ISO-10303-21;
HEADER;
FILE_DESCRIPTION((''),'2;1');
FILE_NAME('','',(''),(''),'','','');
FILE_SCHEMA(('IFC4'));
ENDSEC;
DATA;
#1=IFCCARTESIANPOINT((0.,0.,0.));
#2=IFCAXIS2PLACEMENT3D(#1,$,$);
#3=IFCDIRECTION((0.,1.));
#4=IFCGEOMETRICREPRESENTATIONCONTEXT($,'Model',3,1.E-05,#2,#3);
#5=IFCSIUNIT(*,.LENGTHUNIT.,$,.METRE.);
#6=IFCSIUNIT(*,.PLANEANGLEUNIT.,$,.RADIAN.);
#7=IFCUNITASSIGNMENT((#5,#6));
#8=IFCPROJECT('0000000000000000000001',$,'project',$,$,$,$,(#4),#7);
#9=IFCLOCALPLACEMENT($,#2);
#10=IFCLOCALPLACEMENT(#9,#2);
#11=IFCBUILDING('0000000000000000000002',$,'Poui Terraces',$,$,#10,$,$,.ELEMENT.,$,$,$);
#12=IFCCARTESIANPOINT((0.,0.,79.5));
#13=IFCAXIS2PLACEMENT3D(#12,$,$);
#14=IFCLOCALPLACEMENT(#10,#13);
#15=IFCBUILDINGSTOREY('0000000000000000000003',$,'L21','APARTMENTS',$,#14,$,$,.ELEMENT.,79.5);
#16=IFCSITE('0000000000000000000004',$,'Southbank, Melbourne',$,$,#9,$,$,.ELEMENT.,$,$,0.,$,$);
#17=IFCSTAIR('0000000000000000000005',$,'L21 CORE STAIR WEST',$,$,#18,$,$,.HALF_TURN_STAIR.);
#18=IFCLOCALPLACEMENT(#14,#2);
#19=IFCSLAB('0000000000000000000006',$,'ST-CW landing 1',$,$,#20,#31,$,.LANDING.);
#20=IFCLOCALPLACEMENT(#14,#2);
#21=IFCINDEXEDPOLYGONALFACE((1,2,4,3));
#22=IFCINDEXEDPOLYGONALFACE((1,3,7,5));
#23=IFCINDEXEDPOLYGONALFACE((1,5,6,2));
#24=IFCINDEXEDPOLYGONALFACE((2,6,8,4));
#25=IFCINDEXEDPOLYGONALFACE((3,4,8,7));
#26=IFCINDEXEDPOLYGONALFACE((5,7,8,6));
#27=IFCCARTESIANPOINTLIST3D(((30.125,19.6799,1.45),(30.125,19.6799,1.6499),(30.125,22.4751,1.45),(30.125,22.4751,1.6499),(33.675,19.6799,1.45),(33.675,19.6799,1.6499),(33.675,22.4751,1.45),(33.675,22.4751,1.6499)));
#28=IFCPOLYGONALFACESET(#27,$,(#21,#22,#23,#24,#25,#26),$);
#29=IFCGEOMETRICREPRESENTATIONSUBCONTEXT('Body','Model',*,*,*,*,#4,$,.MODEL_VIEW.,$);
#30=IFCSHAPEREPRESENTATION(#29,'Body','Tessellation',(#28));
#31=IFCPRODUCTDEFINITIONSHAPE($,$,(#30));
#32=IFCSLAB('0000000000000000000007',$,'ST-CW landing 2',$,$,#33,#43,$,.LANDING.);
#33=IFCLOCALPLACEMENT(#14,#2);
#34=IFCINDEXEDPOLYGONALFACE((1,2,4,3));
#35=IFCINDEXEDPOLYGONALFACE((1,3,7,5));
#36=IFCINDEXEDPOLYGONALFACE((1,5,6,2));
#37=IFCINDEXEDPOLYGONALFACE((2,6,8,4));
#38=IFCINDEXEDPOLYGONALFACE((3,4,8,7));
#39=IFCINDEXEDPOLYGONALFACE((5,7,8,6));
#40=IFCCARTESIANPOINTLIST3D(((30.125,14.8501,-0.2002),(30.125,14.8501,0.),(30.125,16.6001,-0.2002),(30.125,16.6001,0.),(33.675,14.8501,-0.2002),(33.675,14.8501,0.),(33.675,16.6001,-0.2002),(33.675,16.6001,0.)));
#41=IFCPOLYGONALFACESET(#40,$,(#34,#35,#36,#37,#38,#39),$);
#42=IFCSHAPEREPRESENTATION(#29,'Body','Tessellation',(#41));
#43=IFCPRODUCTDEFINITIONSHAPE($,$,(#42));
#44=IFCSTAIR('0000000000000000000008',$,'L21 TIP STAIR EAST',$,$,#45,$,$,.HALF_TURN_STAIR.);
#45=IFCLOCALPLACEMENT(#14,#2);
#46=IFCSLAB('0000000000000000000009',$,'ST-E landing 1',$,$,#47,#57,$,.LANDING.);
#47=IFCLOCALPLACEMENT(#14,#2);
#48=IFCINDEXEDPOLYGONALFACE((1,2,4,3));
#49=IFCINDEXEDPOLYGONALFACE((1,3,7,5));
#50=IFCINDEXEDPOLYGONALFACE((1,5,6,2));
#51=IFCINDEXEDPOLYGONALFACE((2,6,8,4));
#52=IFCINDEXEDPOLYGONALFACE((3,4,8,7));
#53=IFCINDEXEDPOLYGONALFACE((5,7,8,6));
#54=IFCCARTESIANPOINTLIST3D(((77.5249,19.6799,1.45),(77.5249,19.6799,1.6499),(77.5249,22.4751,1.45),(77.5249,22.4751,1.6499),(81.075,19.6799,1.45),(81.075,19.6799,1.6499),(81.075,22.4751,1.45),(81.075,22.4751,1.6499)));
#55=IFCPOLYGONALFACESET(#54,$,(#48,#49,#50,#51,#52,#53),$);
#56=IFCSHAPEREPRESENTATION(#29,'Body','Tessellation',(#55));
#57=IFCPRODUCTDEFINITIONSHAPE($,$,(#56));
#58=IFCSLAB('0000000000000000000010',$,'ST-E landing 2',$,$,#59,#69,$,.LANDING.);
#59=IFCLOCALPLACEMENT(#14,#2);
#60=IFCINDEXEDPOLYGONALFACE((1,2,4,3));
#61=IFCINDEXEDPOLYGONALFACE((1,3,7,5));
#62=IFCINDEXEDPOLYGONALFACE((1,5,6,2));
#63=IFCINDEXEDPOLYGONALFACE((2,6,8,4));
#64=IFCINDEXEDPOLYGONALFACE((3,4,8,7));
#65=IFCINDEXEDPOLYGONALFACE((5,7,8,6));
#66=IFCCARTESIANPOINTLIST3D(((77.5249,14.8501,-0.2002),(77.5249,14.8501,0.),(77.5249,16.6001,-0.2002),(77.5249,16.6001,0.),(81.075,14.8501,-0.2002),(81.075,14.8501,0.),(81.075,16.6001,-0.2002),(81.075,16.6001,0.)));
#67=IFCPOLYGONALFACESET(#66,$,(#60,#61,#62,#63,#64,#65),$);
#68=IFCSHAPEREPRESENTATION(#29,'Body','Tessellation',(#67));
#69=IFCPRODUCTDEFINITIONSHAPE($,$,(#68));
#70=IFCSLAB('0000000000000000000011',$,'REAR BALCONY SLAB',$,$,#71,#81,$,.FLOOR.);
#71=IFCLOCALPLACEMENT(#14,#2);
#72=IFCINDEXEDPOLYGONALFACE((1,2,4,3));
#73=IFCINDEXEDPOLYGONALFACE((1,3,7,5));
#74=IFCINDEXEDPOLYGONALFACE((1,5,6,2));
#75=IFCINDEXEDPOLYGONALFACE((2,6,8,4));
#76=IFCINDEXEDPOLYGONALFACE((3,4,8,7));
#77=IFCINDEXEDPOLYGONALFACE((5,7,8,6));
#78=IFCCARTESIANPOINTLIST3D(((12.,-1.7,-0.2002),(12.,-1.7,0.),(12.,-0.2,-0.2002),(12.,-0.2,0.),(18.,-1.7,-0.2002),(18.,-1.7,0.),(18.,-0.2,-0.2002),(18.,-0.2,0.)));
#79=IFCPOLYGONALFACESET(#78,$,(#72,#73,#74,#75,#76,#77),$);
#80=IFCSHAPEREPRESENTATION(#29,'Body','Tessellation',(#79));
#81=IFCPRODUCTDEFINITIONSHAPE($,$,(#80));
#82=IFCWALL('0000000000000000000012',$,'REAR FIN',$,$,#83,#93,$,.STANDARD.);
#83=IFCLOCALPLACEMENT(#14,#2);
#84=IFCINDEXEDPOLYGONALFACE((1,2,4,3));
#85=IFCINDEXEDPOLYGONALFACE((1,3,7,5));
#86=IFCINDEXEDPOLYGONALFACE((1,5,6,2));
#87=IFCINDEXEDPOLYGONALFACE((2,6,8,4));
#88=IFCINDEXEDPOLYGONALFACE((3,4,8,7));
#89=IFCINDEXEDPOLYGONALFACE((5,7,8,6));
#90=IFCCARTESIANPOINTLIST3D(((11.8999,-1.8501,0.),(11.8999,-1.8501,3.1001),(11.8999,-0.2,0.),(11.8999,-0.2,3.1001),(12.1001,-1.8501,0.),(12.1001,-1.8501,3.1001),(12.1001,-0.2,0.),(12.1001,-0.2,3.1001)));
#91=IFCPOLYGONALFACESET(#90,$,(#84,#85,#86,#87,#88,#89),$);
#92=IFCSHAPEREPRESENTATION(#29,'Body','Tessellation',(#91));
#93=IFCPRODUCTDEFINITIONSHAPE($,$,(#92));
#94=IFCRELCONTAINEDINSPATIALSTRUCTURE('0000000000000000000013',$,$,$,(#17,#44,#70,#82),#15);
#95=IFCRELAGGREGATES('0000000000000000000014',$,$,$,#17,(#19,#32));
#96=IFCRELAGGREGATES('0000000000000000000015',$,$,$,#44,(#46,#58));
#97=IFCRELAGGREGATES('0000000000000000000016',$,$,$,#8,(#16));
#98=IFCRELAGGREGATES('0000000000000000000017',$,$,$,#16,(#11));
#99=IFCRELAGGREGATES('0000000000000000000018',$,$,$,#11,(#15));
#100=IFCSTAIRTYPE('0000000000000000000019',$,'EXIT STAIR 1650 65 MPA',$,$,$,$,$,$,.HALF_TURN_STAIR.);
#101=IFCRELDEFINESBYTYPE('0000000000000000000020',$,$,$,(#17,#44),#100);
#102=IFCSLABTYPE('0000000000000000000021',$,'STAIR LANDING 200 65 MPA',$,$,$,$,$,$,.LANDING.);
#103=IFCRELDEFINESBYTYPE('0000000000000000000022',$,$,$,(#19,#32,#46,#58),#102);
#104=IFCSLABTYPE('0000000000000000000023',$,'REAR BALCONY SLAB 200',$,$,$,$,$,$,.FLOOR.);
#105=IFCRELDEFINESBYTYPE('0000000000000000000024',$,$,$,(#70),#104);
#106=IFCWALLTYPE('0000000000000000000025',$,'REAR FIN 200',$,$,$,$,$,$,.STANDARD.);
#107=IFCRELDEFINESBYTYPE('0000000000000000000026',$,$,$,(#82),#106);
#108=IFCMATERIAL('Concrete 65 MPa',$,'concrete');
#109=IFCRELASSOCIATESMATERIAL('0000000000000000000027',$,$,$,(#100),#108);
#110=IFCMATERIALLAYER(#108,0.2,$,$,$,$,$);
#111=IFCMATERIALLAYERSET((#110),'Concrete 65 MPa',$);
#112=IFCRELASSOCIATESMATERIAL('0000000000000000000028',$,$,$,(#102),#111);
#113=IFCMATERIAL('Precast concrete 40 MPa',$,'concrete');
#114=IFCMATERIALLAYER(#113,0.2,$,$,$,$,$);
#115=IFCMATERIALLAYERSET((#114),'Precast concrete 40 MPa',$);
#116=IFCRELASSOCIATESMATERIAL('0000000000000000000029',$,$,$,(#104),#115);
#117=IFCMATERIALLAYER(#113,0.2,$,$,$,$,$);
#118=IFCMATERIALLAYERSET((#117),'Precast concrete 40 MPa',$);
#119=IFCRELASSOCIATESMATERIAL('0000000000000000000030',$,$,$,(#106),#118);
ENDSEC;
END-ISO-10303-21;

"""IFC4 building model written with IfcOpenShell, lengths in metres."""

from ifc_helpers import new_model, si_unit, direction, frame, origin, place, context, subcontext, project, spatial, polyline, outline, extrude, source, transform, mapped, material, layer, layer_set, type_object, element, aggregate, save


model = new_model("IFC4")

# Units and contexts
model_context = context("Model", 3, precision=1e-05, world=origin(), true_north=direction((0.0, 1.0)))
body_context = subcontext(model_context, "Body", "Model", "MODEL_VIEW")
ifc_project = project(units=[si_unit("LENGTHUNIT", "METRE"), si_unit("PLANEANGLEUNIT", "RADIAN")], contexts=[model_context])

# Site, building, storey
site_placement = place(None, origin())
site = spatial("IfcSite", under=ifc_project, at=site_placement, Name="Southbank, Melbourne", CompositionType="ELEMENT", RefElevation=0.0)
building_placement = place(site_placement, origin())
building = spatial("IfcBuilding", under=site, at=building_placement, Name="Poui Terraces", CompositionType="ELEMENT")
storey_placement = place(building_placement, frame((0.0, 0.0, 79.5)))
storey = spatial("IfcBuildingStorey", under=building, at=storey_placement, Name="L21", Description="APARTMENTS", CompositionType="ELEMENT", Elevation=79.5)

# Stairs, slabs
ifc_material_1 = material(Name="Concrete 65 MPa", Category="concrete")
stair_type = type_object("IfcStairType", Name="EXIT STAIR 1650 65 MPA", PredefinedType="HALF_TURN_STAIR", material=ifc_material_1)
stair_1_placement = place(storey_placement, origin())
stair_1 = element("IfcStair", 1, at=stair_1_placement, inside=storey, type_object=stair_type, Name="L21 CORE STAIR WEST", PredefinedType="HALF_TURN_STAIR")
ifc_layer_1 = layer(ifc_material_1, 0.2)
ifc_layer_set_1 = layer_set([ifc_layer_1], Name="Concrete 65 MPa")
slab_type_1 = type_object("IfcSlabType", Name="STAIR LANDING 200 65 MPA", PredefinedType="LANDING", material=ifc_layer_set_1)
slab_1_placement = place(storey_placement, frame((0.0, 0.0, 1.45)))
slab_1 = element("IfcSlab", 2, at=slab_1_placement, type_object=slab_type_1, Name="ST-CW landing 1", PredefinedType="LANDING", context=body_context, shape_type="SweptSolid", body=[
    extrude(outline(polyline([(30.125, 19.6799), (33.675, 19.6799), (33.675, 22.4751), (30.125, 22.4751), (30.125, 19.6799)])), origin(), (0.0, 0.0, 1.0), 0.2),
])
slab_2_placement = place(storey_placement, frame((0.0, 0.0, -0.2002)))
slab_2 = element("IfcSlab", 3, at=slab_2_placement, type_object=slab_type_1, Name="ST-CW landing 2", PredefinedType="LANDING", context=body_context, shape_type="SweptSolid", body=[
    extrude(outline(polyline([(30.125, 14.8501), (33.675, 14.8501), (33.675, 16.6001), (30.125, 16.6001), (30.125, 14.8501)])), origin(), (0.0, 0.0, 1.0), 0.2002),
])
aggregate(stair_1, [slab_1, slab_2])
stair_2_placement = place(storey_placement, origin())
stair_2 = element("IfcStair", 4, at=stair_2_placement, inside=storey, type_object=stair_type, Name="L21 TIP STAIR EAST", PredefinedType="HALF_TURN_STAIR")
slab_3_placement = place(storey_placement, frame((0.0, 0.0, 1.45)))
slab_3 = element("IfcSlab", 5, at=slab_3_placement, type_object=slab_type_1, Name="ST-E landing 1", PredefinedType="LANDING", context=body_context, shape_type="SweptSolid", body=[
    extrude(outline(polyline([(77.5249, 19.6799), (81.075, 19.6799), (81.075, 22.4751), (77.5249, 22.4751), (77.5249, 19.6799)])), origin(), (0.0, 0.0, 1.0), 0.2),
])
slab_4_placement = place(storey_placement, frame((0.0, 0.0, -0.2002)))
slab_4 = element("IfcSlab", 6, at=slab_4_placement, type_object=slab_type_1, Name="ST-E landing 2", PredefinedType="LANDING", context=body_context, shape_type="SweptSolid", body=[
    extrude(outline(polyline([(77.5249, 14.8501), (81.075, 14.8501), (81.075, 16.6001), (77.5249, 16.6001), (77.5249, 14.8501)])), origin(), (0.0, 0.0, 1.0), 0.2002),
])
aggregate(stair_2, [slab_3, slab_4])

# Slab
ifc_material_2 = material(Name="Precast concrete 40 MPa", Category="concrete")
ifc_layer_2 = layer(ifc_material_2, 0.2)
ifc_layer_set_2 = layer_set([ifc_layer_2], Name="Precast concrete 40 MPa")
slab_type_2 = type_object("IfcSlabType", Name="REAR BALCONY SLAB 200", PredefinedType="FLOOR", material=ifc_layer_set_2)
shared_shape_1 = source(origin(), body_context, "Body", "SweptSolid", [
    extrude(outline(polyline([(0.0, 0.0), (6.0, 0.0), (6.0, 1.5), (0.0, 1.5), (0.0, 0.0)])), origin(), (0.0, 0.0, 1.0), 0.2002),
])
slab_5_placement = place(storey_placement, frame((12.0, -1.7, -0.2002)))
element("IfcSlab", 7, at=slab_5_placement, inside=storey, type_object=slab_type_2, Name="REAR BALCONY SLAB", PredefinedType="FLOOR", context=body_context, shape_type="MappedRepresentation", body=[
    mapped(shared_shape_1, transform((0.0, 0.0, 0.0))),
])

# Wall
ifc_layer_3 = layer(ifc_material_2, 0.2)
ifc_layer_set_3 = layer_set([ifc_layer_3], Name="Precast concrete 40 MPa")
wall_type = type_object("IfcWallType", Name="REAR FIN 200", PredefinedType="STANDARD", material=ifc_layer_set_3)
shared_shape_2 = source(origin(), body_context, "Body", "SweptSolid", [
    extrude(outline(polyline([(0.0, 0.0), (0.2002, 0.0), (0.2002, 1.6501), (0.0, 1.6501), (0.0, 0.0)])), origin(), (0.0, 0.0, 1.0), 3.1001),
])
wall_placement = place(storey_placement, frame((11.8999, -1.8501, 0.0)))
element("IfcWall", 8, at=wall_placement, inside=storey, type_object=wall_type, Name="REAR FIN", PredefinedType="STANDARD", context=body_context, shape_type="MappedRepresentation", body=[
    mapped(shared_shape_2, transform((0.0, 0.0, 0.0))),
])

save(model, "model.ifc")
